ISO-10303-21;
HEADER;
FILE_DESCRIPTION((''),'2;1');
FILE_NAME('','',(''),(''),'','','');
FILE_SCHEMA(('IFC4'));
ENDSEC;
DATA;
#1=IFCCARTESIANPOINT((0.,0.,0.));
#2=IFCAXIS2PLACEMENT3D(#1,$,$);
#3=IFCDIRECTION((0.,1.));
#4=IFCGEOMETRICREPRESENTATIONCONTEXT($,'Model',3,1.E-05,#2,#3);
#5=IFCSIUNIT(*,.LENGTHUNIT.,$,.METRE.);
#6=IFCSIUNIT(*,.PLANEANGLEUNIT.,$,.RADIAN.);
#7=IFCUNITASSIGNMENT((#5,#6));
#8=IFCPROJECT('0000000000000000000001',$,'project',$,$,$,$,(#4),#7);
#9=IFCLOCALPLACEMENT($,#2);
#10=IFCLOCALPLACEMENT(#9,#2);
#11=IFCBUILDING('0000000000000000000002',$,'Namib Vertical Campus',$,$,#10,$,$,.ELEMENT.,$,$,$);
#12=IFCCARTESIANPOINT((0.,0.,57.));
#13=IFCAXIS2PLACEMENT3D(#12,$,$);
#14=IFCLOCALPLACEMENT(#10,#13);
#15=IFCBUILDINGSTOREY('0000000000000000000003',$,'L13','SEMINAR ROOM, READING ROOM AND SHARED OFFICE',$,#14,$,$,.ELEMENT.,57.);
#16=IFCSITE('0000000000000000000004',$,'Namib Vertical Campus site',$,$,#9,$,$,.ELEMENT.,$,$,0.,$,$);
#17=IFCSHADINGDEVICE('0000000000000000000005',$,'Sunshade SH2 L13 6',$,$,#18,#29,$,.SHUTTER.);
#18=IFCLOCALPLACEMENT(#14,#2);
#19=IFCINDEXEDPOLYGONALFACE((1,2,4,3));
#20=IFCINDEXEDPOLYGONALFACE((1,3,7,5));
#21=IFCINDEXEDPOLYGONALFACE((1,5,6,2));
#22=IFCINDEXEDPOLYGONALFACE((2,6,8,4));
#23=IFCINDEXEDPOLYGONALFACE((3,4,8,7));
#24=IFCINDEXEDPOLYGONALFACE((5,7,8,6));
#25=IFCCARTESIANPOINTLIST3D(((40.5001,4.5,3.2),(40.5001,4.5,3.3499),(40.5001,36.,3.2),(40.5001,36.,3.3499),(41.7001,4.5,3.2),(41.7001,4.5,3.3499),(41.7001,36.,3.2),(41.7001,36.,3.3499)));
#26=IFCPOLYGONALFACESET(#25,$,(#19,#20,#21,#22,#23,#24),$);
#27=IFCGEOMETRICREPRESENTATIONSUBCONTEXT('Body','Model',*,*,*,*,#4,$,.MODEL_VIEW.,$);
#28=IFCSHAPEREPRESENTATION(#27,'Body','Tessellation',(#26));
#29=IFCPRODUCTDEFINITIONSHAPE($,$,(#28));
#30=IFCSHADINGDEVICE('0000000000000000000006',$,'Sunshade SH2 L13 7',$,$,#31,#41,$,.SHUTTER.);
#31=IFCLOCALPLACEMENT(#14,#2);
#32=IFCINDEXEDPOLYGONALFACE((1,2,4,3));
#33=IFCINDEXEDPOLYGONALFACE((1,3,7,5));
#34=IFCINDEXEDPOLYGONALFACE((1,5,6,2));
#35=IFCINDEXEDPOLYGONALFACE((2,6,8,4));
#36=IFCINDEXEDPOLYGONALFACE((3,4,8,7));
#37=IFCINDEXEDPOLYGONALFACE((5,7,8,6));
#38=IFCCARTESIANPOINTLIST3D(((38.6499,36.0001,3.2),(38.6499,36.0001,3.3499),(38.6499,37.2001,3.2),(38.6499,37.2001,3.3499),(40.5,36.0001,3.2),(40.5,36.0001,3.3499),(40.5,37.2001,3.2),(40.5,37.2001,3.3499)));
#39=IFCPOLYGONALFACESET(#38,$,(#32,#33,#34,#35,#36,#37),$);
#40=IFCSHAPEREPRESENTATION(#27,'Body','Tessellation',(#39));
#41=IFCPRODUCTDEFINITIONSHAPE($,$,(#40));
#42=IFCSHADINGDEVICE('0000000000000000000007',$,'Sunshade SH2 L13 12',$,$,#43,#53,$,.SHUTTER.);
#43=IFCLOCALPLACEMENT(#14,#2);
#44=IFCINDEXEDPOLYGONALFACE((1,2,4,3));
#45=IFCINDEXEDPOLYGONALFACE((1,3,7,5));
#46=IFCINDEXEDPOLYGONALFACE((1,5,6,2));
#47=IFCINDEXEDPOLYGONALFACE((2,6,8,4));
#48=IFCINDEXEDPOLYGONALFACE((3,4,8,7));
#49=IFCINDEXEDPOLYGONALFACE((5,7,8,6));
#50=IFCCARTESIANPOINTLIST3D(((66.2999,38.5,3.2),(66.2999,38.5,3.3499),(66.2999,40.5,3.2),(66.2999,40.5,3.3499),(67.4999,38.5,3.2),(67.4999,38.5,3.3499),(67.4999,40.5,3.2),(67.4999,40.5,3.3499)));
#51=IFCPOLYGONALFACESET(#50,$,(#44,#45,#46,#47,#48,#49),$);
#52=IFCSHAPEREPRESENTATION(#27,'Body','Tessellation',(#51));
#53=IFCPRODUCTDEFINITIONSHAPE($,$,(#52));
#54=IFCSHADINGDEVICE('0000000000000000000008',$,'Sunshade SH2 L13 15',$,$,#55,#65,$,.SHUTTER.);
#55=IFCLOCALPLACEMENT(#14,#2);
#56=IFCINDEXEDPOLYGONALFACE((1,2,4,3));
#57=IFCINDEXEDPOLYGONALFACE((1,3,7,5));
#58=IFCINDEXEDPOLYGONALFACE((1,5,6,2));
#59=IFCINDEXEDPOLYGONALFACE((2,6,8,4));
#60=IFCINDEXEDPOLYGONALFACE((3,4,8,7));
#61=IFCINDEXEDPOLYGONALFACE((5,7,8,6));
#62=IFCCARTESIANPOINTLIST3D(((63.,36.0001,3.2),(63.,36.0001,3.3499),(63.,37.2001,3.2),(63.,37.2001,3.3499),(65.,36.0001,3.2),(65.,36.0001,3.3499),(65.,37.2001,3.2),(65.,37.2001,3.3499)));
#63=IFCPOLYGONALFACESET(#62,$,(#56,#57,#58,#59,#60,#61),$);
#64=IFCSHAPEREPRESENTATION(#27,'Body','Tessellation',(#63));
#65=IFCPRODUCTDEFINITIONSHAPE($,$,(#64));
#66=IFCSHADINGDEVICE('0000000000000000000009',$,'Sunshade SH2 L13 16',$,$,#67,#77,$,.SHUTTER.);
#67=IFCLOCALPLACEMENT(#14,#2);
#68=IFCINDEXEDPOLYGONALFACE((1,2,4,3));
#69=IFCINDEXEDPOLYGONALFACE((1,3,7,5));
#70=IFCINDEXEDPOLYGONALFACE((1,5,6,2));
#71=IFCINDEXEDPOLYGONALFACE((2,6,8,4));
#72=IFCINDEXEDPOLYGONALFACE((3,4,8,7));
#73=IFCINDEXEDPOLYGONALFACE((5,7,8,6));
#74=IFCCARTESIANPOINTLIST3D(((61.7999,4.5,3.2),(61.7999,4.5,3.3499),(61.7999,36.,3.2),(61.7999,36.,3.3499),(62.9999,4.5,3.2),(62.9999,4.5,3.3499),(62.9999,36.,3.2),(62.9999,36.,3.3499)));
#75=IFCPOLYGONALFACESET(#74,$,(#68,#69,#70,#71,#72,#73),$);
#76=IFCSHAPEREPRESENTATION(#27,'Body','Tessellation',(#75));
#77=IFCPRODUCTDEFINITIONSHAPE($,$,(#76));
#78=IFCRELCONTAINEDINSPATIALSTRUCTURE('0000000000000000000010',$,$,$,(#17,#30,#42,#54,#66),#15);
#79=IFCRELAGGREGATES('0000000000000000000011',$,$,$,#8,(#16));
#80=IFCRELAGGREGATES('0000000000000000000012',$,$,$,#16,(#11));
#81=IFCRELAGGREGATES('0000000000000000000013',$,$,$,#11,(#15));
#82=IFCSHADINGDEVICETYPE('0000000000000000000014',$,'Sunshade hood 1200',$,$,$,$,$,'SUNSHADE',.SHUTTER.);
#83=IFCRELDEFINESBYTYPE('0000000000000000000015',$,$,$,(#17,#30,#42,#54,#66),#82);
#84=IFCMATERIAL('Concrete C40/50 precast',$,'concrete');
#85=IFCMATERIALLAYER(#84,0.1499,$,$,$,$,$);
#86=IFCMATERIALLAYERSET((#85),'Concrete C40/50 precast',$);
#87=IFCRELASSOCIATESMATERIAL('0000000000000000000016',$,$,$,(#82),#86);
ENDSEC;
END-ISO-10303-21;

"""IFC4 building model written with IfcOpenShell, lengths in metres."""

from ifc_helpers import new_model, si_unit, direction, frame, origin, origin_2d, place, context, subcontext, project, spatial, rectangle, extrude, material, layer, layer_set, type_object, element, save


model = new_model("IFC4")

# Units and contexts
model_context = context("Model", 3, precision=1e-05, world=origin(), true_north=direction((0.0, 1.0)))
body_context = subcontext(model_context, "Body", "Model", "MODEL_VIEW")
ifc_project = project(units=[si_unit("LENGTHUNIT", "METRE"), si_unit("PLANEANGLEUNIT", "RADIAN")], contexts=[model_context])

# Site, building, storey
site_placement = place(None, origin())
site = spatial("IfcSite", under=ifc_project, at=site_placement, Name="Namib Vertical Campus site", CompositionType="ELEMENT", RefElevation=0.0)
building_placement = place(site_placement, origin())
building = spatial("IfcBuilding", under=site, at=building_placement, Name="Namib Vertical Campus", CompositionType="ELEMENT")
storey_placement = place(building_placement, frame((0.0, 0.0, 57.0)))
storey = spatial("IfcBuildingStorey", under=building, at=storey_placement, Name="L13", Description="SEMINAR ROOM, READING ROOM AND SHARED OFFICE", CompositionType="ELEMENT", Elevation=57.0)

# Shading devices
ifc_material_1 = material(Name="Concrete C40/50 precast", Category="concrete")
ifc_layer_1 = layer(ifc_material_1, 0.1499)
ifc_layer_set_1 = layer_set([ifc_layer_1], Name="Concrete C40/50 precast")
shading_device_type = type_object("IfcShadingDeviceType", Name="Sunshade hood 1200", ElementType="SUNSHADE", PredefinedType="SHUTTER", material=ifc_layer_set_1)
shading_device_1_placement = place(storey_placement, frame((41.1001, 20.25, 3.2), z_axis=(0.0, 0.0, 1.0), x_axis=(0.0, 1.0, 0.0)))
element("IfcShadingDevice", 1, at=shading_device_1_placement, inside=storey, type_object=shading_device_type, Name="Sunshade SH2 L13 6", PredefinedType="SHUTTER", context=body_context, shape_type="SweptSolid", body=[
    extrude(rectangle(XDim=31.5, YDim=1.2, at=origin_2d()), origin(), (0.0, 0.0, 1.0), 0.1499),
])
shading_device_2_placement = place(storey_placement, frame((39.575, 36.6001, 3.2), z_axis=(0.0, 0.0, 1.0), x_axis=(-1.0, 0.0, 0.0)))
element("IfcShadingDevice", 2, at=shading_device_2_placement, inside=storey, type_object=shading_device_type, Name="Sunshade SH2 L13 7", PredefinedType="SHUTTER", context=body_context, shape_type="SweptSolid", body=[
    extrude(rectangle(XDim=1.8501, YDim=1.2, at=origin_2d()), origin(), (0.0, 0.0, 1.0), 0.1499),
])
for number, where, z_axis, x_axis, name in (
    (3, (66.8999, 39.5, 3.2), (0.0, 0.0, 1.0), (0.0, -1.0, 0.0), "Sunshade SH2 L13 12"),
    (4, (64.0, 36.6001, 3.2), (0.0, 0.0, 1.0), (-1.0, 0.0, 0.0), "Sunshade SH2 L13 15"),
):
    element("IfcShadingDevice", number, at=place(storey_placement, frame(where, z_axis=z_axis, x_axis=x_axis)), inside=storey, type_object=shading_device_type, Name=name, PredefinedType="SHUTTER", context=body_context, shape_type="SweptSolid", body=[
        extrude(rectangle(XDim=2.0, YDim=1.2, at=origin_2d()), origin(), (0.0, 0.0, 1.0), 0.1499),
    ])
shading_device_3_placement = place(storey_placement, frame((62.3999, 20.25, 3.2), z_axis=(0.0, 0.0, 1.0), x_axis=(0.0, -1.0, 0.0)))
element("IfcShadingDevice", 5, at=shading_device_3_placement, inside=storey, type_object=shading_device_type, Name="Sunshade SH2 L13 16", PredefinedType="SHUTTER", context=body_context, shape_type="SweptSolid", body=[
    extrude(rectangle(XDim=31.5, YDim=1.2, at=origin_2d()), origin(), (0.0, 0.0, 1.0), 0.1499),
])

save(model, "model.ifc")
